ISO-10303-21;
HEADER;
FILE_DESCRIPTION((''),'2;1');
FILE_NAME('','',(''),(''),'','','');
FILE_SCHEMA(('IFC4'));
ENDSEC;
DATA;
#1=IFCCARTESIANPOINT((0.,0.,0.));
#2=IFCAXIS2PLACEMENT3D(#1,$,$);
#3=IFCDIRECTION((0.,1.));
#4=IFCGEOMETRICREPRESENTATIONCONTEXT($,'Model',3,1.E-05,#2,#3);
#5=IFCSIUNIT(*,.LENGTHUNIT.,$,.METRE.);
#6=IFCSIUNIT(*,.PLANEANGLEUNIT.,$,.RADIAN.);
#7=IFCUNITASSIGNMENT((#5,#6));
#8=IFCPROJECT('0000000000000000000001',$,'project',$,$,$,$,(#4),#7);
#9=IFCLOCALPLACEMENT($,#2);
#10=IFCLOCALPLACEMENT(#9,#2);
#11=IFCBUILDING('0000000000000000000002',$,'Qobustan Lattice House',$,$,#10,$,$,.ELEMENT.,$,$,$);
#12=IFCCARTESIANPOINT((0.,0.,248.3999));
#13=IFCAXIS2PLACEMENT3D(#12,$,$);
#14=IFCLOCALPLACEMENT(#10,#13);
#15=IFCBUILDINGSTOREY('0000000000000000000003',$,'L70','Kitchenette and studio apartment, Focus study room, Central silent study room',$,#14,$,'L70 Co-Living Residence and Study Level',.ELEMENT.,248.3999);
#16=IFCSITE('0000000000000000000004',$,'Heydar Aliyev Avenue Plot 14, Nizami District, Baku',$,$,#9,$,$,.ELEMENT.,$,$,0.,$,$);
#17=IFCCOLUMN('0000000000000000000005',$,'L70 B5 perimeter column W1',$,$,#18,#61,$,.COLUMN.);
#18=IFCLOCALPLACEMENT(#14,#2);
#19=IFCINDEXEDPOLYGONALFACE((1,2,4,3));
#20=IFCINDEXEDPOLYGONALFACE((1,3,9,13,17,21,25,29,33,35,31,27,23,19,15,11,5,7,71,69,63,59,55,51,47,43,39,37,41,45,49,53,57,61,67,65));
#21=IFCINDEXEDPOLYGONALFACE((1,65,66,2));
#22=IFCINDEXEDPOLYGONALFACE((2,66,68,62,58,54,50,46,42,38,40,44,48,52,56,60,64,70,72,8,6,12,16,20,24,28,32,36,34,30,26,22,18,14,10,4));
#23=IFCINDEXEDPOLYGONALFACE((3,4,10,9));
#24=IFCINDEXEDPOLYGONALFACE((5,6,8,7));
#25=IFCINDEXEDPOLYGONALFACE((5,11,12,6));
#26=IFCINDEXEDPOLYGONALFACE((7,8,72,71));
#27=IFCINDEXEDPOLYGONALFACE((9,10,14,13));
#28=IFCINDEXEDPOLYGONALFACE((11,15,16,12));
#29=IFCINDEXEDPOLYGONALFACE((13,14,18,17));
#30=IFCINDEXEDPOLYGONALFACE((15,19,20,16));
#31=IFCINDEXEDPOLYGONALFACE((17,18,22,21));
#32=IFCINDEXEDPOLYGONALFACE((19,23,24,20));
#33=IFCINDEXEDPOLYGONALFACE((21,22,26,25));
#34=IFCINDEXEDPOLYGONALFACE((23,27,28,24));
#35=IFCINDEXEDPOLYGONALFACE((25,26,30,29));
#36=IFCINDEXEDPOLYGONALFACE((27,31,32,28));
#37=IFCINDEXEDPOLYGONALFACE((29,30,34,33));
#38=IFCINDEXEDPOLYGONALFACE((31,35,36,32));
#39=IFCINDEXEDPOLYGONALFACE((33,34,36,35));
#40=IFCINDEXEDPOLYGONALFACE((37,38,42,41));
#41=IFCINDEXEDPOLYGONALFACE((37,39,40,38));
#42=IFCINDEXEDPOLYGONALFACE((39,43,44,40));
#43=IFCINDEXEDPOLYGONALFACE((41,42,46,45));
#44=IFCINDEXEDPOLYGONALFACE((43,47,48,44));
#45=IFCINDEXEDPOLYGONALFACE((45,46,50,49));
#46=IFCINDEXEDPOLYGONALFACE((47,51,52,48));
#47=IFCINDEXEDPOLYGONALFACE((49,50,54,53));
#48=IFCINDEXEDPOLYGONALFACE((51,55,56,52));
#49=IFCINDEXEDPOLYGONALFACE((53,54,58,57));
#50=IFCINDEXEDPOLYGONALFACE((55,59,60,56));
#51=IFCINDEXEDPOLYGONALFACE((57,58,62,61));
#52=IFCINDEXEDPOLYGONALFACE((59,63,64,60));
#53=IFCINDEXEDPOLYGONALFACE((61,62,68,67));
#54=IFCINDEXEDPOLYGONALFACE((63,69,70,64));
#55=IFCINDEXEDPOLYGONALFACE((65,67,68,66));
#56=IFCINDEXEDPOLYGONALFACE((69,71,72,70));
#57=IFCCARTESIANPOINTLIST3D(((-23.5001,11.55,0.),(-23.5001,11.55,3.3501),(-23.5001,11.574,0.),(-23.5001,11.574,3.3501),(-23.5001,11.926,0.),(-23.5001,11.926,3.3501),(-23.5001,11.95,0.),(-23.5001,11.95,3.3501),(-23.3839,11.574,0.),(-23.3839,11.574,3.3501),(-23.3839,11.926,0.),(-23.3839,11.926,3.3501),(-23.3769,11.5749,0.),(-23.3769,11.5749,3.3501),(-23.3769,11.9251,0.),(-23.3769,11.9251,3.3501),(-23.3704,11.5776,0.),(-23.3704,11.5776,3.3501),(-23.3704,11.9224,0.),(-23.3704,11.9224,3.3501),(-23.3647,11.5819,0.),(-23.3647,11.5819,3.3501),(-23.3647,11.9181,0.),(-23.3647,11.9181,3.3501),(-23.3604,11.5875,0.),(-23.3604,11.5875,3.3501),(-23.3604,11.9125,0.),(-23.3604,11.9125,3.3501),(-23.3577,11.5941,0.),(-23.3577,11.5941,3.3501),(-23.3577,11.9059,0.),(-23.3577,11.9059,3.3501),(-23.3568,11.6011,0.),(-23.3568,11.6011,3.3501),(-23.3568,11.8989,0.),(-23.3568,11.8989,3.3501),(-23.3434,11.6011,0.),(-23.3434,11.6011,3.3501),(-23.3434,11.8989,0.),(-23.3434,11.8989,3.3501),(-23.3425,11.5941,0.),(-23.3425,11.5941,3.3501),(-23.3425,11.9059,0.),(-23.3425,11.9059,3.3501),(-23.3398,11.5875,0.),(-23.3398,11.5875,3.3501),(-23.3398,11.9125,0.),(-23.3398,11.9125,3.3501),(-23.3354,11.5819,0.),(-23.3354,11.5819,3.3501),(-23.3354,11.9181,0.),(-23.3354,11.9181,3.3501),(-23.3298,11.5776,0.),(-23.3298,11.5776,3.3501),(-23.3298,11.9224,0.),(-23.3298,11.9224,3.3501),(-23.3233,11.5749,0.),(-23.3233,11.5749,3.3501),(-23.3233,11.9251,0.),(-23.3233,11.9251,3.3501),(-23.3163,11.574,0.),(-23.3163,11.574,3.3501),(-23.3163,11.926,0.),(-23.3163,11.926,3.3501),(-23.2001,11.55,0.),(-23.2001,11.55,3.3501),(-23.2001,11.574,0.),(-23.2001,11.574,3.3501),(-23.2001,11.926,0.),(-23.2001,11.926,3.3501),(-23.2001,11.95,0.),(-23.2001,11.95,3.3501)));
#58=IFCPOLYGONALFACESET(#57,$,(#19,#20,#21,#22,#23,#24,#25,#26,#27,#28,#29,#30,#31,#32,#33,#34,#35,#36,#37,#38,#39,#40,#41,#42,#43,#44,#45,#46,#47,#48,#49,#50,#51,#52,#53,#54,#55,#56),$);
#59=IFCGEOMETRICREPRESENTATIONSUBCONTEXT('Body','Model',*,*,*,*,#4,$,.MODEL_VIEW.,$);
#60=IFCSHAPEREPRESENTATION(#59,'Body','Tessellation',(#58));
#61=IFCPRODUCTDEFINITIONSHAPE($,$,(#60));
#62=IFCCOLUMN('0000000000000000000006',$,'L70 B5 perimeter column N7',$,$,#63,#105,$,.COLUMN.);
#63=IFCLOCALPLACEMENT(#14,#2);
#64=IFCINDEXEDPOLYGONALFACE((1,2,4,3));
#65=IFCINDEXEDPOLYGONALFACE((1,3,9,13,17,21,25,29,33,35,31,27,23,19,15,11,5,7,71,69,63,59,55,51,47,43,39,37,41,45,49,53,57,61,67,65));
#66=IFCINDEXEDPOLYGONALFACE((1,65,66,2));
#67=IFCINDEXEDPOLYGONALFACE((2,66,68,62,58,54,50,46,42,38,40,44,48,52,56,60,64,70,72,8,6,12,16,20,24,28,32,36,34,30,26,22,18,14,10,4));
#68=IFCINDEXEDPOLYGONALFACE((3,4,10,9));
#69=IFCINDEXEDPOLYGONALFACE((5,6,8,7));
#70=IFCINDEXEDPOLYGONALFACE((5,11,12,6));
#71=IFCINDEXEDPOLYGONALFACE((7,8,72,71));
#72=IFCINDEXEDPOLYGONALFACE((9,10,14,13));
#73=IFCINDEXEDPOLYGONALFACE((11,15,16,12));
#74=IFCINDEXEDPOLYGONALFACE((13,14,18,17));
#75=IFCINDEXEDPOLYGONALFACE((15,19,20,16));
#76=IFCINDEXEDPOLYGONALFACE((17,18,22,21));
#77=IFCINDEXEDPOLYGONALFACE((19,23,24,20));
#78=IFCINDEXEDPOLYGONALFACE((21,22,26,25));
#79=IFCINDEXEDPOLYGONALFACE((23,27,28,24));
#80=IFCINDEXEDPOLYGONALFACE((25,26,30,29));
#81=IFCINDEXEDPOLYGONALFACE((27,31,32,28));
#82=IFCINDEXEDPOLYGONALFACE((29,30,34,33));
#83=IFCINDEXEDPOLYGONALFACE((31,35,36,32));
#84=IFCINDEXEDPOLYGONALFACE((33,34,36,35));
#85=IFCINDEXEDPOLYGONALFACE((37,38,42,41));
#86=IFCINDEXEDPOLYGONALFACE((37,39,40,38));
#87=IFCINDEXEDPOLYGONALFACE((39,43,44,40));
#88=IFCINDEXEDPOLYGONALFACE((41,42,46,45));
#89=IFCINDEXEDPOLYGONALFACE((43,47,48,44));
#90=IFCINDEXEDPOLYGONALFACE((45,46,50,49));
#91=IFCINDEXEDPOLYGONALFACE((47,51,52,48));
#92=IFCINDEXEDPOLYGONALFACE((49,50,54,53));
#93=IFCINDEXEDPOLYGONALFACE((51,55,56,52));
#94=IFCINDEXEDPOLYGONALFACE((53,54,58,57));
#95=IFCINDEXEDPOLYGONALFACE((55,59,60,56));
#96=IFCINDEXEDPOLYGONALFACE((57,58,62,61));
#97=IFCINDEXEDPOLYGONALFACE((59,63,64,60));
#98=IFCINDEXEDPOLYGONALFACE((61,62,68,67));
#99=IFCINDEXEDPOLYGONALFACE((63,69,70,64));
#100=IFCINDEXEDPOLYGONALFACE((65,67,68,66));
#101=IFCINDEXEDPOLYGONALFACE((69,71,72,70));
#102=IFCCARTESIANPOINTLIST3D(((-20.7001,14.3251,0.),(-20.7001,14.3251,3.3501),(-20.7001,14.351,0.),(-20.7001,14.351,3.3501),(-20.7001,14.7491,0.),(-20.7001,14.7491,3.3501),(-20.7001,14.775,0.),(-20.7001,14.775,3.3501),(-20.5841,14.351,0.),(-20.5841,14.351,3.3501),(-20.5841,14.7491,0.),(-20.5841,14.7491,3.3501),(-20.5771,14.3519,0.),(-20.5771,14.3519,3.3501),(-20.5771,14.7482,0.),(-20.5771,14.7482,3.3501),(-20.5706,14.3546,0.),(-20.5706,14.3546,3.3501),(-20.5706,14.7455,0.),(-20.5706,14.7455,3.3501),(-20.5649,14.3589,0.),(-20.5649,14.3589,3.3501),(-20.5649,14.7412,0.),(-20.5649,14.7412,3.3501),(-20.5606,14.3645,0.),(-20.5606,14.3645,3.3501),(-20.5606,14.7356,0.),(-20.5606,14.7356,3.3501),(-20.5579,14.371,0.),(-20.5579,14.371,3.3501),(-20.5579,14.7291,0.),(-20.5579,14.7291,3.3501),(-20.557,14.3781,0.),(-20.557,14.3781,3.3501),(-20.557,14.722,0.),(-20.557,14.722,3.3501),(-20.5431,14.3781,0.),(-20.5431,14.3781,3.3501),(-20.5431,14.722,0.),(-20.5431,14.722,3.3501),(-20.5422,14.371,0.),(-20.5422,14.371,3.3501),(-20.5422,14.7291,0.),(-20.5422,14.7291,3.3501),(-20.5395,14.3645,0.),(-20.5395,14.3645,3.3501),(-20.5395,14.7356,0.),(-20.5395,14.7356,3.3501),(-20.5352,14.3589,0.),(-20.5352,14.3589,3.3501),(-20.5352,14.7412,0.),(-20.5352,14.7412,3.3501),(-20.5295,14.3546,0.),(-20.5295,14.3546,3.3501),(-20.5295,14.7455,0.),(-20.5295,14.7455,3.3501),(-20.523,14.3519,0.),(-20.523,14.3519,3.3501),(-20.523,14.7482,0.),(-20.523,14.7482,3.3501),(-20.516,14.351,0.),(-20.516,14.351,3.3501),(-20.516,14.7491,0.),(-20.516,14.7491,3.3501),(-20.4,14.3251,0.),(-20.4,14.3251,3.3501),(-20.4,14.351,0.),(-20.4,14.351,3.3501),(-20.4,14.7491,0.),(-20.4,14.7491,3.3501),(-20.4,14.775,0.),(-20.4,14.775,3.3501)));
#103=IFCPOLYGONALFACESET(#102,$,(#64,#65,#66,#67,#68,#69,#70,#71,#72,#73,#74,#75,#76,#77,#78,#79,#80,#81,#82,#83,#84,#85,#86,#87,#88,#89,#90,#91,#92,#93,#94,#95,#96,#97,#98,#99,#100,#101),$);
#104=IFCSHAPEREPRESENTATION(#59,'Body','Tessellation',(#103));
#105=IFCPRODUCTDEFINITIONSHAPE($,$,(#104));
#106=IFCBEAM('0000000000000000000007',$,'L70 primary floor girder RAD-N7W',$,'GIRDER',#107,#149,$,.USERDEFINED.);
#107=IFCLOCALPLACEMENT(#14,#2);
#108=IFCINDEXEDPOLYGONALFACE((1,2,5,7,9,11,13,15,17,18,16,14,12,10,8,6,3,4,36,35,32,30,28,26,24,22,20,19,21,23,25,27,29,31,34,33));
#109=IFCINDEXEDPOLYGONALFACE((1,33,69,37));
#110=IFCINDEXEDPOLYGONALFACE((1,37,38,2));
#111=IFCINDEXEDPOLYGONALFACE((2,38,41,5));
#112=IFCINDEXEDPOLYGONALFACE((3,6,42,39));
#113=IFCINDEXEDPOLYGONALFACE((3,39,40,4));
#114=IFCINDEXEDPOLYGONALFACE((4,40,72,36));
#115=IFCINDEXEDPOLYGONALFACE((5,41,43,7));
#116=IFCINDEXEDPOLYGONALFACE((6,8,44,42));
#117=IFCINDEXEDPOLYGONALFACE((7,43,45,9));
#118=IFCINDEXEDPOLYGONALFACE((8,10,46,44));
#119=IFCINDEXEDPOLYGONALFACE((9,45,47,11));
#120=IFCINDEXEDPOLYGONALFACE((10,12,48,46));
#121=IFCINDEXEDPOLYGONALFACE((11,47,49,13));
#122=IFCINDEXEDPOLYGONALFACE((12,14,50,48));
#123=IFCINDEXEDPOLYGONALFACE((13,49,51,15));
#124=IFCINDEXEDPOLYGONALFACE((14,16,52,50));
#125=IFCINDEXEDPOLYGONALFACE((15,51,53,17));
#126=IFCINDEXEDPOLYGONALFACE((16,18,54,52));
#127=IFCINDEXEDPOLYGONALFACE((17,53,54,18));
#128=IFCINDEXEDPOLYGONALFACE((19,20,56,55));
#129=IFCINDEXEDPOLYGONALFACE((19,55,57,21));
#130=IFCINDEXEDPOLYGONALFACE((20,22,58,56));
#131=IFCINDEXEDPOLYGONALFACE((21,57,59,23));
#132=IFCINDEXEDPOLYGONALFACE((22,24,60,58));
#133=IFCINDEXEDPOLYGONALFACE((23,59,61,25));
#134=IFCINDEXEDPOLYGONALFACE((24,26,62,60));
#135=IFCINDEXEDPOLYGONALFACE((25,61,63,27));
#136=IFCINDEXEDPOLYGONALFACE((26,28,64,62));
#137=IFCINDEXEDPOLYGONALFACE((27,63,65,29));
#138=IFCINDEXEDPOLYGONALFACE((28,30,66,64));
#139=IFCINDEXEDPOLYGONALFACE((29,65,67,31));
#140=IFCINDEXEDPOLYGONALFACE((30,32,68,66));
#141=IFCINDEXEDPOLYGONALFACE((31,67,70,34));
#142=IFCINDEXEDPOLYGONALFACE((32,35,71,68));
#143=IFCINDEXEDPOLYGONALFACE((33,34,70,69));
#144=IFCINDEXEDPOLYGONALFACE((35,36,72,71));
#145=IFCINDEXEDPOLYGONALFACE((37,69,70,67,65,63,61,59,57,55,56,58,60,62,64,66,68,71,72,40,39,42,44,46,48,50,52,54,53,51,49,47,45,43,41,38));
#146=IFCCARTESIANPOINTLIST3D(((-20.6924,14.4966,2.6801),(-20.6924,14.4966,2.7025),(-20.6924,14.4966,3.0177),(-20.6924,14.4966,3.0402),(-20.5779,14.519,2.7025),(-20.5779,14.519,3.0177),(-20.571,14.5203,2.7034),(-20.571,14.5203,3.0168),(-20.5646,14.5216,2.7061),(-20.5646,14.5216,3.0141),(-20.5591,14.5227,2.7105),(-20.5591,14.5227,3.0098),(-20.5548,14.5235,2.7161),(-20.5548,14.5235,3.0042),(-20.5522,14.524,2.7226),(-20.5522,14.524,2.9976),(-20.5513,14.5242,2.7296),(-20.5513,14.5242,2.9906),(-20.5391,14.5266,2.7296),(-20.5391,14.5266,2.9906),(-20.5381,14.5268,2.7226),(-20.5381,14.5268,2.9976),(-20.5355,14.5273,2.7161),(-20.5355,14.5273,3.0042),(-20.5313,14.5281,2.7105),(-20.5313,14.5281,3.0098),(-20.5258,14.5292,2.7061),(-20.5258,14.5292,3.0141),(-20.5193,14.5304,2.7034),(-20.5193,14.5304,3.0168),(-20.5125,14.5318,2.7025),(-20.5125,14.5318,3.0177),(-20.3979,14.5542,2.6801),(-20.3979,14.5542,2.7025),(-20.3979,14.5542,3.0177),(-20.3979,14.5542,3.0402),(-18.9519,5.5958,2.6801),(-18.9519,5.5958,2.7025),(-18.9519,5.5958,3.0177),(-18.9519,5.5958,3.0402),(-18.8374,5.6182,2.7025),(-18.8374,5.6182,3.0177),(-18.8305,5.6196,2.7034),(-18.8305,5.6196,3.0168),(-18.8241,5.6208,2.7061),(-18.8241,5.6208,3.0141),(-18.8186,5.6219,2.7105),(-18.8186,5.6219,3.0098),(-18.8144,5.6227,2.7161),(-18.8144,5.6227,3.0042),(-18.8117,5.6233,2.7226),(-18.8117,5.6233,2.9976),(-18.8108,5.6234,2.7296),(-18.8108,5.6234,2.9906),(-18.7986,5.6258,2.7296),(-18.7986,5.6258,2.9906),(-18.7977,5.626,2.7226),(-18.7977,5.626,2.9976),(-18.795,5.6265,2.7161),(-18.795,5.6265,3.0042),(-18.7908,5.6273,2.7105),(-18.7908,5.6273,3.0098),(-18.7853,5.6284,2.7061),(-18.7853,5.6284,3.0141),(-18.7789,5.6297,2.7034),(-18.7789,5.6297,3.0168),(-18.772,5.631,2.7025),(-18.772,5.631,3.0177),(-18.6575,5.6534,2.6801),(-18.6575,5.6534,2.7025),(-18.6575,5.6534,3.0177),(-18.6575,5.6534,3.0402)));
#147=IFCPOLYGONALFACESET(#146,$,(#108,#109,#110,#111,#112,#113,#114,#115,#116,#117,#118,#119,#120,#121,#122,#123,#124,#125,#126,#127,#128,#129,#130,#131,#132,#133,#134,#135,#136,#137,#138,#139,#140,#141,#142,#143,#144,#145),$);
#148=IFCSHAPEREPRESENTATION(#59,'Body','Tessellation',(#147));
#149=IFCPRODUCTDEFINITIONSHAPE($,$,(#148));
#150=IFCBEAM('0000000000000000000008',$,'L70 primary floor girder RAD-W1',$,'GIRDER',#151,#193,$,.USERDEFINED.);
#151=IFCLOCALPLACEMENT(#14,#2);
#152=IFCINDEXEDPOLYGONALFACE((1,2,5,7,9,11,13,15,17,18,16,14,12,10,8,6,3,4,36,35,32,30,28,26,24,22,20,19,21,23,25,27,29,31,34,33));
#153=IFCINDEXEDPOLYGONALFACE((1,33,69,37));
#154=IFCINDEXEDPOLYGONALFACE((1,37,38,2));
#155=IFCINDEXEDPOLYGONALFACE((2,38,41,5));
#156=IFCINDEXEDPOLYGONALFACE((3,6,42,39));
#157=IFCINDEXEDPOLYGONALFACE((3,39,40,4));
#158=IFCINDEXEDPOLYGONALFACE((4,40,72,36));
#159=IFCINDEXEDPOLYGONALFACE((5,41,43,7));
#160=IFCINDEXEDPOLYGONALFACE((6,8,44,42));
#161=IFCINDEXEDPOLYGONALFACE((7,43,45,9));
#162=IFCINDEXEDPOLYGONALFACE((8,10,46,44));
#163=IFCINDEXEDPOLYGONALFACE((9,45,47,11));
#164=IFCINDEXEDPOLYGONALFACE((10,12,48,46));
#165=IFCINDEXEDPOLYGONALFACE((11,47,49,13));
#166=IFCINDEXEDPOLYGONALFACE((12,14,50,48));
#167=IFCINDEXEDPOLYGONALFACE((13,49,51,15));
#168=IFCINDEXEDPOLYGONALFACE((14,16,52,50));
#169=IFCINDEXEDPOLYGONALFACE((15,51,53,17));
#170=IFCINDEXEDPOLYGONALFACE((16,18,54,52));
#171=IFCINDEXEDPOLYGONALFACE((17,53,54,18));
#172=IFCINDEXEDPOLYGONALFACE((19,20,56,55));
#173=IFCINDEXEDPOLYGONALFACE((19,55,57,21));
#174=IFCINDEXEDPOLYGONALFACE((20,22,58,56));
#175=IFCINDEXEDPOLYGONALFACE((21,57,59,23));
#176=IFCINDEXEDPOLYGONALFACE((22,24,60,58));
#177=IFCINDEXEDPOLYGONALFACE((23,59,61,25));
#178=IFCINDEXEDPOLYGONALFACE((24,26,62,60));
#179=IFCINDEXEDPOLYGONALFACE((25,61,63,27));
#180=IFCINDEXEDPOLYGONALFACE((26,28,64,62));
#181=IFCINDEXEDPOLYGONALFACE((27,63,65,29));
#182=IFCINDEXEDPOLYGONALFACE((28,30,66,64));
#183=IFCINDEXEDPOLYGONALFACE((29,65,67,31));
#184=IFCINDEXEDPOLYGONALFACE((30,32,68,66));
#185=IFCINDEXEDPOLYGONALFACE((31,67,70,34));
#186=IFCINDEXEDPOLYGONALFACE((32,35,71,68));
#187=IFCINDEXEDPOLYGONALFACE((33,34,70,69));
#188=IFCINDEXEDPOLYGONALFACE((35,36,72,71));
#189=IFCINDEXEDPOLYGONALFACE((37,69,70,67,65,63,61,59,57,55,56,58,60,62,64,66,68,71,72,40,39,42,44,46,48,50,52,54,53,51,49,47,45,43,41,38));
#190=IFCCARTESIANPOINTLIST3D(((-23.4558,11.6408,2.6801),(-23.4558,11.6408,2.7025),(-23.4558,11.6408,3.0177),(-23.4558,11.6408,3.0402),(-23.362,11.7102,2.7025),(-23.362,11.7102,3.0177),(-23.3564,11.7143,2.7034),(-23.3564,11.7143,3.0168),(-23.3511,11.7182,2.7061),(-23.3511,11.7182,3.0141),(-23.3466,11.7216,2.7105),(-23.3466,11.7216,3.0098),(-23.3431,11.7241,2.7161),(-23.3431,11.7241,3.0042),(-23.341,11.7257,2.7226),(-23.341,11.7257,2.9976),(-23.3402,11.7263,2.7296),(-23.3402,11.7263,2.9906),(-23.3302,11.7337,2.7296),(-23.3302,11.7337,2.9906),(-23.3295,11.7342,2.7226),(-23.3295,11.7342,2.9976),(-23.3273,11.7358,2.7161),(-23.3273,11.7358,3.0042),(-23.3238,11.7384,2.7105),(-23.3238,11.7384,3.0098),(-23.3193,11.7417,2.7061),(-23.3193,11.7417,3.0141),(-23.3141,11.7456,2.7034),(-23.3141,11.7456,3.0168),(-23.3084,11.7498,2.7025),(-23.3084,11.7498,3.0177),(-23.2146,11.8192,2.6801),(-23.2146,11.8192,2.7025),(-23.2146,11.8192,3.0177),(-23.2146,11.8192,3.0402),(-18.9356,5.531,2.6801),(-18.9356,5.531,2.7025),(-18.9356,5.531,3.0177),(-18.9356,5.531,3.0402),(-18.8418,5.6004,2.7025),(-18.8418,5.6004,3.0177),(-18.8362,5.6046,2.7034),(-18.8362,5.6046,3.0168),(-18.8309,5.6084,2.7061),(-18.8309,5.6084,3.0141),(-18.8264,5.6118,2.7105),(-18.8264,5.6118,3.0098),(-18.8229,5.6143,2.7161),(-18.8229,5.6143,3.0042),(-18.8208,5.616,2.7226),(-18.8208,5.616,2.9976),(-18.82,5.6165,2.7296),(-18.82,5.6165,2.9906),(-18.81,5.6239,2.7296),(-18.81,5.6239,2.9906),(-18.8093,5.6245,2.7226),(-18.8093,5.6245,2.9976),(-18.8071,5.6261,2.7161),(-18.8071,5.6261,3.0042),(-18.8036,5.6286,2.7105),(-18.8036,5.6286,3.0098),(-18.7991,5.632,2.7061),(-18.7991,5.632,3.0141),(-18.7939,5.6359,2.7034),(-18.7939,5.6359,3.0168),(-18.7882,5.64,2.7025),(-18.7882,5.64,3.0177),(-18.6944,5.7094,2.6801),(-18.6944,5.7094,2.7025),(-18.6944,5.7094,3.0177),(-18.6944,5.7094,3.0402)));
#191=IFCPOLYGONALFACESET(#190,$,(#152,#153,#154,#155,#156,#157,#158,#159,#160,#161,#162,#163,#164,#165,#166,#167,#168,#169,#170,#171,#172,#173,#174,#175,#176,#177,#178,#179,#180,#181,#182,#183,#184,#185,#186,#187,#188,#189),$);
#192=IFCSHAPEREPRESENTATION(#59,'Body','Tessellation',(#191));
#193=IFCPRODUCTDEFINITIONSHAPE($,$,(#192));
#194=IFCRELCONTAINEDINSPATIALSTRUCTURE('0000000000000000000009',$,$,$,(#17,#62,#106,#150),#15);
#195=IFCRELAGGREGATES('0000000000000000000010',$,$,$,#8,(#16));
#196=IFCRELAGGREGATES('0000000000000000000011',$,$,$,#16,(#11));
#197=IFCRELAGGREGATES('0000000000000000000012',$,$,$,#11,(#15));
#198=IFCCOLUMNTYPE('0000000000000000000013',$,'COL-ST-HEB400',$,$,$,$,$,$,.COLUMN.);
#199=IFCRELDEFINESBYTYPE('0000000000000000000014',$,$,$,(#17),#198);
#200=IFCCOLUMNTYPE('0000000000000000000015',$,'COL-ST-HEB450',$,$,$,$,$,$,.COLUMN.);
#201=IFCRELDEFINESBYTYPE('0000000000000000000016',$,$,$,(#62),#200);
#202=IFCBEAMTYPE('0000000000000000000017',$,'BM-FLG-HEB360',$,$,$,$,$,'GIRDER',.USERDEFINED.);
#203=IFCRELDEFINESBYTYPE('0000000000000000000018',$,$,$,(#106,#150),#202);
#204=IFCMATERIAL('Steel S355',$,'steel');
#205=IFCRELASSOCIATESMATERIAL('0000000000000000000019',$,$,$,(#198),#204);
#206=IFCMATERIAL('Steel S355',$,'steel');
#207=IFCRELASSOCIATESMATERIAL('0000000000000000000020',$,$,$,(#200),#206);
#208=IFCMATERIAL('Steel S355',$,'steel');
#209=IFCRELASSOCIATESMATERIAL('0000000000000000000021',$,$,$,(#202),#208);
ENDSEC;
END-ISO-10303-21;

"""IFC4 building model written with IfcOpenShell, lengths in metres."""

from ifc_helpers import new_model, si_unit, direction, frame, origin, origin_2d, place, context, subcontext, project, spatial, i_section, extrude, material, material_profile, profile_set, type_object, element, save


model = new_model("IFC4")

# Units and contexts
model_context = context("Model", 3, precision=1e-05, world=origin(), true_north=direction((0.0, 1.0)))
body_context = subcontext(model_context, "Body", "Model", "MODEL_VIEW")
ifc_project = project(units=[si_unit("LENGTHUNIT", "METRE"), si_unit("PLANEANGLEUNIT", "RADIAN")], contexts=[model_context])

# Site, building, storey
site_placement = place(None, origin())
site = spatial("IfcSite", under=ifc_project, at=site_placement, Name="Heydar Aliyev Avenue Plot 14, Nizami District, Baku", CompositionType="ELEMENT", RefElevation=0.0)
building_placement = place(site_placement, origin())
building = spatial("IfcBuilding", under=site, at=building_placement, Name="Qobustan Lattice House", CompositionType="ELEMENT")
storey_placement = place(building_placement, frame((0.0, 0.0, 248.3999)))
storey = spatial("IfcBuildingStorey", under=building, at=storey_placement, Name="L70", Description="Kitchenette and studio apartment, Focus study room, Central silent study room", LongName="L70 Co-Living Residence and Study Level", CompositionType="ELEMENT", Elevation=248.3999)

# Columns
ifc_material_1 = material(Name="Steel S355", Category="steel")
ifc_material_profile_1 = material_profile(ifc_material_1, i_section(OverallWidth=0.3, OverallDepth=0.3999, WebThickness=0.0134, FlangeThickness=0.0239, FilletRadius=0.0271, at=origin_2d()), Name="HEB400")
ifc_profile_set_1 = profile_set([ifc_material_profile_1], Name="Steel S355")
column_type_1 = type_object("IfcColumnType", Name="COL-ST-HEB400", PredefinedType="COLUMN", material=ifc_profile_set_1)
column_1_placement = place(storey_placement, frame((-23.3501, 11.75, 0.0), z_axis=(0.0, 0.0, 1.0), x_axis=(1.0, 0.0, 0.0)))
element("IfcColumn", 1, at=column_1_placement, inside=storey, type_object=column_type_1, Name="L70 B5 perimeter column W1", PredefinedType="COLUMN", context=body_context, shape_type="SweptSolid", body=[
    extrude(i_section(OverallWidth=0.3, OverallDepth=0.3999, WebThickness=0.0134, FlangeThickness=0.0239, FilletRadius=0.0271, at=origin_2d()), origin(), (0.0, 0.0, 1.0), 3.3501),
])
ifc_material_2 = material(Name="Steel S355", Category="steel")
ifc_material_profile_2 = material_profile(ifc_material_2, i_section(OverallWidth=0.3, OverallDepth=0.45, WebThickness=0.0139, FlangeThickness=0.0259, FilletRadius=0.0271, at=origin_2d()), Name="HEB450")
ifc_profile_set_2 = profile_set([ifc_material_profile_2], Name="Steel S355")
column_type_2 = type_object("IfcColumnType", Name="COL-ST-HEB450", PredefinedType="COLUMN", material=ifc_profile_set_2)
column_2_placement = place(storey_placement, frame((-20.55, 14.55, 0.0), z_axis=(0.0, 0.0, 1.0), x_axis=(1.0, 0.0, 0.0)))
element("IfcColumn", 2, at=column_2_placement, inside=storey, type_object=column_type_2, Name="L70 B5 perimeter column N7", PredefinedType="COLUMN", context=body_context, shape_type="SweptSolid", body=[
    extrude(i_section(OverallWidth=0.3, OverallDepth=0.45, WebThickness=0.0139, FlangeThickness=0.0259, FilletRadius=0.0271, at=origin_2d()), origin(), (0.0, 0.0, 1.0), 3.3501),
])

# Beams
ifc_material_3 = material(Name="Steel S355", Category="steel")
ifc_material_profile_3 = material_profile(ifc_material_3, i_section(OverallWidth=0.3, OverallDepth=0.3601, WebThickness=0.0125, FlangeThickness=0.0225, FilletRadius=0.0271, at=origin_2d()), Name="HEB360")
ifc_profile_set_3 = profile_set([ifc_material_profile_3], Name="Steel S355")
beam_type_1 = type_object("IfcBeamType", Name="BM-FLG-HEB360", ElementType="GIRDER", PredefinedType="USERDEFINED", material=ifc_profile_set_3)
beam_1_placement = place(storey_placement, frame((-20.5452, 14.5254, 2.8601), z_axis=(0.191906, -0.981413, 0.0), x_axis=(0.981413, 0.191906, 0.0)))
element("IfcBeam", 3, at=beam_1_placement, inside=storey, type_object=beam_type_1, Name="L70 primary floor girder RAD-N7W", ObjectType="GIRDER", PredefinedType="USERDEFINED", context=body_context, shape_type="SweptSolid", body=[
    extrude(i_section(OverallWidth=0.3, OverallDepth=0.3601, WebThickness=0.0125, FlangeThickness=0.0225, FilletRadius=0.0271, at=origin_2d()), origin(), (0.0, 0.0, 1.0), 9.0693),
])
beam_2_placement = place(storey_placement, frame((-23.3352, 11.73, 2.8601), z_axis=(0.594755, -0.803907, 0.0), x_axis=(0.803907, 0.594755, 0.0)))
element("IfcBeam", 4, at=beam_2_placement, inside=storey, type_object=beam_type_1, Name="L70 primary floor girder RAD-W1", ObjectType="GIRDER", PredefinedType="USERDEFINED", context=body_context, shape_type="SweptSolid", body=[
    extrude(i_section(OverallWidth=0.3, OverallDepth=0.3601, WebThickness=0.0125, FlangeThickness=0.0225, FilletRadius=0.0271, at=origin_2d()), origin(), (0.0, 0.0, 1.0), 7.6001),
])

save(model, "model.ifc")
